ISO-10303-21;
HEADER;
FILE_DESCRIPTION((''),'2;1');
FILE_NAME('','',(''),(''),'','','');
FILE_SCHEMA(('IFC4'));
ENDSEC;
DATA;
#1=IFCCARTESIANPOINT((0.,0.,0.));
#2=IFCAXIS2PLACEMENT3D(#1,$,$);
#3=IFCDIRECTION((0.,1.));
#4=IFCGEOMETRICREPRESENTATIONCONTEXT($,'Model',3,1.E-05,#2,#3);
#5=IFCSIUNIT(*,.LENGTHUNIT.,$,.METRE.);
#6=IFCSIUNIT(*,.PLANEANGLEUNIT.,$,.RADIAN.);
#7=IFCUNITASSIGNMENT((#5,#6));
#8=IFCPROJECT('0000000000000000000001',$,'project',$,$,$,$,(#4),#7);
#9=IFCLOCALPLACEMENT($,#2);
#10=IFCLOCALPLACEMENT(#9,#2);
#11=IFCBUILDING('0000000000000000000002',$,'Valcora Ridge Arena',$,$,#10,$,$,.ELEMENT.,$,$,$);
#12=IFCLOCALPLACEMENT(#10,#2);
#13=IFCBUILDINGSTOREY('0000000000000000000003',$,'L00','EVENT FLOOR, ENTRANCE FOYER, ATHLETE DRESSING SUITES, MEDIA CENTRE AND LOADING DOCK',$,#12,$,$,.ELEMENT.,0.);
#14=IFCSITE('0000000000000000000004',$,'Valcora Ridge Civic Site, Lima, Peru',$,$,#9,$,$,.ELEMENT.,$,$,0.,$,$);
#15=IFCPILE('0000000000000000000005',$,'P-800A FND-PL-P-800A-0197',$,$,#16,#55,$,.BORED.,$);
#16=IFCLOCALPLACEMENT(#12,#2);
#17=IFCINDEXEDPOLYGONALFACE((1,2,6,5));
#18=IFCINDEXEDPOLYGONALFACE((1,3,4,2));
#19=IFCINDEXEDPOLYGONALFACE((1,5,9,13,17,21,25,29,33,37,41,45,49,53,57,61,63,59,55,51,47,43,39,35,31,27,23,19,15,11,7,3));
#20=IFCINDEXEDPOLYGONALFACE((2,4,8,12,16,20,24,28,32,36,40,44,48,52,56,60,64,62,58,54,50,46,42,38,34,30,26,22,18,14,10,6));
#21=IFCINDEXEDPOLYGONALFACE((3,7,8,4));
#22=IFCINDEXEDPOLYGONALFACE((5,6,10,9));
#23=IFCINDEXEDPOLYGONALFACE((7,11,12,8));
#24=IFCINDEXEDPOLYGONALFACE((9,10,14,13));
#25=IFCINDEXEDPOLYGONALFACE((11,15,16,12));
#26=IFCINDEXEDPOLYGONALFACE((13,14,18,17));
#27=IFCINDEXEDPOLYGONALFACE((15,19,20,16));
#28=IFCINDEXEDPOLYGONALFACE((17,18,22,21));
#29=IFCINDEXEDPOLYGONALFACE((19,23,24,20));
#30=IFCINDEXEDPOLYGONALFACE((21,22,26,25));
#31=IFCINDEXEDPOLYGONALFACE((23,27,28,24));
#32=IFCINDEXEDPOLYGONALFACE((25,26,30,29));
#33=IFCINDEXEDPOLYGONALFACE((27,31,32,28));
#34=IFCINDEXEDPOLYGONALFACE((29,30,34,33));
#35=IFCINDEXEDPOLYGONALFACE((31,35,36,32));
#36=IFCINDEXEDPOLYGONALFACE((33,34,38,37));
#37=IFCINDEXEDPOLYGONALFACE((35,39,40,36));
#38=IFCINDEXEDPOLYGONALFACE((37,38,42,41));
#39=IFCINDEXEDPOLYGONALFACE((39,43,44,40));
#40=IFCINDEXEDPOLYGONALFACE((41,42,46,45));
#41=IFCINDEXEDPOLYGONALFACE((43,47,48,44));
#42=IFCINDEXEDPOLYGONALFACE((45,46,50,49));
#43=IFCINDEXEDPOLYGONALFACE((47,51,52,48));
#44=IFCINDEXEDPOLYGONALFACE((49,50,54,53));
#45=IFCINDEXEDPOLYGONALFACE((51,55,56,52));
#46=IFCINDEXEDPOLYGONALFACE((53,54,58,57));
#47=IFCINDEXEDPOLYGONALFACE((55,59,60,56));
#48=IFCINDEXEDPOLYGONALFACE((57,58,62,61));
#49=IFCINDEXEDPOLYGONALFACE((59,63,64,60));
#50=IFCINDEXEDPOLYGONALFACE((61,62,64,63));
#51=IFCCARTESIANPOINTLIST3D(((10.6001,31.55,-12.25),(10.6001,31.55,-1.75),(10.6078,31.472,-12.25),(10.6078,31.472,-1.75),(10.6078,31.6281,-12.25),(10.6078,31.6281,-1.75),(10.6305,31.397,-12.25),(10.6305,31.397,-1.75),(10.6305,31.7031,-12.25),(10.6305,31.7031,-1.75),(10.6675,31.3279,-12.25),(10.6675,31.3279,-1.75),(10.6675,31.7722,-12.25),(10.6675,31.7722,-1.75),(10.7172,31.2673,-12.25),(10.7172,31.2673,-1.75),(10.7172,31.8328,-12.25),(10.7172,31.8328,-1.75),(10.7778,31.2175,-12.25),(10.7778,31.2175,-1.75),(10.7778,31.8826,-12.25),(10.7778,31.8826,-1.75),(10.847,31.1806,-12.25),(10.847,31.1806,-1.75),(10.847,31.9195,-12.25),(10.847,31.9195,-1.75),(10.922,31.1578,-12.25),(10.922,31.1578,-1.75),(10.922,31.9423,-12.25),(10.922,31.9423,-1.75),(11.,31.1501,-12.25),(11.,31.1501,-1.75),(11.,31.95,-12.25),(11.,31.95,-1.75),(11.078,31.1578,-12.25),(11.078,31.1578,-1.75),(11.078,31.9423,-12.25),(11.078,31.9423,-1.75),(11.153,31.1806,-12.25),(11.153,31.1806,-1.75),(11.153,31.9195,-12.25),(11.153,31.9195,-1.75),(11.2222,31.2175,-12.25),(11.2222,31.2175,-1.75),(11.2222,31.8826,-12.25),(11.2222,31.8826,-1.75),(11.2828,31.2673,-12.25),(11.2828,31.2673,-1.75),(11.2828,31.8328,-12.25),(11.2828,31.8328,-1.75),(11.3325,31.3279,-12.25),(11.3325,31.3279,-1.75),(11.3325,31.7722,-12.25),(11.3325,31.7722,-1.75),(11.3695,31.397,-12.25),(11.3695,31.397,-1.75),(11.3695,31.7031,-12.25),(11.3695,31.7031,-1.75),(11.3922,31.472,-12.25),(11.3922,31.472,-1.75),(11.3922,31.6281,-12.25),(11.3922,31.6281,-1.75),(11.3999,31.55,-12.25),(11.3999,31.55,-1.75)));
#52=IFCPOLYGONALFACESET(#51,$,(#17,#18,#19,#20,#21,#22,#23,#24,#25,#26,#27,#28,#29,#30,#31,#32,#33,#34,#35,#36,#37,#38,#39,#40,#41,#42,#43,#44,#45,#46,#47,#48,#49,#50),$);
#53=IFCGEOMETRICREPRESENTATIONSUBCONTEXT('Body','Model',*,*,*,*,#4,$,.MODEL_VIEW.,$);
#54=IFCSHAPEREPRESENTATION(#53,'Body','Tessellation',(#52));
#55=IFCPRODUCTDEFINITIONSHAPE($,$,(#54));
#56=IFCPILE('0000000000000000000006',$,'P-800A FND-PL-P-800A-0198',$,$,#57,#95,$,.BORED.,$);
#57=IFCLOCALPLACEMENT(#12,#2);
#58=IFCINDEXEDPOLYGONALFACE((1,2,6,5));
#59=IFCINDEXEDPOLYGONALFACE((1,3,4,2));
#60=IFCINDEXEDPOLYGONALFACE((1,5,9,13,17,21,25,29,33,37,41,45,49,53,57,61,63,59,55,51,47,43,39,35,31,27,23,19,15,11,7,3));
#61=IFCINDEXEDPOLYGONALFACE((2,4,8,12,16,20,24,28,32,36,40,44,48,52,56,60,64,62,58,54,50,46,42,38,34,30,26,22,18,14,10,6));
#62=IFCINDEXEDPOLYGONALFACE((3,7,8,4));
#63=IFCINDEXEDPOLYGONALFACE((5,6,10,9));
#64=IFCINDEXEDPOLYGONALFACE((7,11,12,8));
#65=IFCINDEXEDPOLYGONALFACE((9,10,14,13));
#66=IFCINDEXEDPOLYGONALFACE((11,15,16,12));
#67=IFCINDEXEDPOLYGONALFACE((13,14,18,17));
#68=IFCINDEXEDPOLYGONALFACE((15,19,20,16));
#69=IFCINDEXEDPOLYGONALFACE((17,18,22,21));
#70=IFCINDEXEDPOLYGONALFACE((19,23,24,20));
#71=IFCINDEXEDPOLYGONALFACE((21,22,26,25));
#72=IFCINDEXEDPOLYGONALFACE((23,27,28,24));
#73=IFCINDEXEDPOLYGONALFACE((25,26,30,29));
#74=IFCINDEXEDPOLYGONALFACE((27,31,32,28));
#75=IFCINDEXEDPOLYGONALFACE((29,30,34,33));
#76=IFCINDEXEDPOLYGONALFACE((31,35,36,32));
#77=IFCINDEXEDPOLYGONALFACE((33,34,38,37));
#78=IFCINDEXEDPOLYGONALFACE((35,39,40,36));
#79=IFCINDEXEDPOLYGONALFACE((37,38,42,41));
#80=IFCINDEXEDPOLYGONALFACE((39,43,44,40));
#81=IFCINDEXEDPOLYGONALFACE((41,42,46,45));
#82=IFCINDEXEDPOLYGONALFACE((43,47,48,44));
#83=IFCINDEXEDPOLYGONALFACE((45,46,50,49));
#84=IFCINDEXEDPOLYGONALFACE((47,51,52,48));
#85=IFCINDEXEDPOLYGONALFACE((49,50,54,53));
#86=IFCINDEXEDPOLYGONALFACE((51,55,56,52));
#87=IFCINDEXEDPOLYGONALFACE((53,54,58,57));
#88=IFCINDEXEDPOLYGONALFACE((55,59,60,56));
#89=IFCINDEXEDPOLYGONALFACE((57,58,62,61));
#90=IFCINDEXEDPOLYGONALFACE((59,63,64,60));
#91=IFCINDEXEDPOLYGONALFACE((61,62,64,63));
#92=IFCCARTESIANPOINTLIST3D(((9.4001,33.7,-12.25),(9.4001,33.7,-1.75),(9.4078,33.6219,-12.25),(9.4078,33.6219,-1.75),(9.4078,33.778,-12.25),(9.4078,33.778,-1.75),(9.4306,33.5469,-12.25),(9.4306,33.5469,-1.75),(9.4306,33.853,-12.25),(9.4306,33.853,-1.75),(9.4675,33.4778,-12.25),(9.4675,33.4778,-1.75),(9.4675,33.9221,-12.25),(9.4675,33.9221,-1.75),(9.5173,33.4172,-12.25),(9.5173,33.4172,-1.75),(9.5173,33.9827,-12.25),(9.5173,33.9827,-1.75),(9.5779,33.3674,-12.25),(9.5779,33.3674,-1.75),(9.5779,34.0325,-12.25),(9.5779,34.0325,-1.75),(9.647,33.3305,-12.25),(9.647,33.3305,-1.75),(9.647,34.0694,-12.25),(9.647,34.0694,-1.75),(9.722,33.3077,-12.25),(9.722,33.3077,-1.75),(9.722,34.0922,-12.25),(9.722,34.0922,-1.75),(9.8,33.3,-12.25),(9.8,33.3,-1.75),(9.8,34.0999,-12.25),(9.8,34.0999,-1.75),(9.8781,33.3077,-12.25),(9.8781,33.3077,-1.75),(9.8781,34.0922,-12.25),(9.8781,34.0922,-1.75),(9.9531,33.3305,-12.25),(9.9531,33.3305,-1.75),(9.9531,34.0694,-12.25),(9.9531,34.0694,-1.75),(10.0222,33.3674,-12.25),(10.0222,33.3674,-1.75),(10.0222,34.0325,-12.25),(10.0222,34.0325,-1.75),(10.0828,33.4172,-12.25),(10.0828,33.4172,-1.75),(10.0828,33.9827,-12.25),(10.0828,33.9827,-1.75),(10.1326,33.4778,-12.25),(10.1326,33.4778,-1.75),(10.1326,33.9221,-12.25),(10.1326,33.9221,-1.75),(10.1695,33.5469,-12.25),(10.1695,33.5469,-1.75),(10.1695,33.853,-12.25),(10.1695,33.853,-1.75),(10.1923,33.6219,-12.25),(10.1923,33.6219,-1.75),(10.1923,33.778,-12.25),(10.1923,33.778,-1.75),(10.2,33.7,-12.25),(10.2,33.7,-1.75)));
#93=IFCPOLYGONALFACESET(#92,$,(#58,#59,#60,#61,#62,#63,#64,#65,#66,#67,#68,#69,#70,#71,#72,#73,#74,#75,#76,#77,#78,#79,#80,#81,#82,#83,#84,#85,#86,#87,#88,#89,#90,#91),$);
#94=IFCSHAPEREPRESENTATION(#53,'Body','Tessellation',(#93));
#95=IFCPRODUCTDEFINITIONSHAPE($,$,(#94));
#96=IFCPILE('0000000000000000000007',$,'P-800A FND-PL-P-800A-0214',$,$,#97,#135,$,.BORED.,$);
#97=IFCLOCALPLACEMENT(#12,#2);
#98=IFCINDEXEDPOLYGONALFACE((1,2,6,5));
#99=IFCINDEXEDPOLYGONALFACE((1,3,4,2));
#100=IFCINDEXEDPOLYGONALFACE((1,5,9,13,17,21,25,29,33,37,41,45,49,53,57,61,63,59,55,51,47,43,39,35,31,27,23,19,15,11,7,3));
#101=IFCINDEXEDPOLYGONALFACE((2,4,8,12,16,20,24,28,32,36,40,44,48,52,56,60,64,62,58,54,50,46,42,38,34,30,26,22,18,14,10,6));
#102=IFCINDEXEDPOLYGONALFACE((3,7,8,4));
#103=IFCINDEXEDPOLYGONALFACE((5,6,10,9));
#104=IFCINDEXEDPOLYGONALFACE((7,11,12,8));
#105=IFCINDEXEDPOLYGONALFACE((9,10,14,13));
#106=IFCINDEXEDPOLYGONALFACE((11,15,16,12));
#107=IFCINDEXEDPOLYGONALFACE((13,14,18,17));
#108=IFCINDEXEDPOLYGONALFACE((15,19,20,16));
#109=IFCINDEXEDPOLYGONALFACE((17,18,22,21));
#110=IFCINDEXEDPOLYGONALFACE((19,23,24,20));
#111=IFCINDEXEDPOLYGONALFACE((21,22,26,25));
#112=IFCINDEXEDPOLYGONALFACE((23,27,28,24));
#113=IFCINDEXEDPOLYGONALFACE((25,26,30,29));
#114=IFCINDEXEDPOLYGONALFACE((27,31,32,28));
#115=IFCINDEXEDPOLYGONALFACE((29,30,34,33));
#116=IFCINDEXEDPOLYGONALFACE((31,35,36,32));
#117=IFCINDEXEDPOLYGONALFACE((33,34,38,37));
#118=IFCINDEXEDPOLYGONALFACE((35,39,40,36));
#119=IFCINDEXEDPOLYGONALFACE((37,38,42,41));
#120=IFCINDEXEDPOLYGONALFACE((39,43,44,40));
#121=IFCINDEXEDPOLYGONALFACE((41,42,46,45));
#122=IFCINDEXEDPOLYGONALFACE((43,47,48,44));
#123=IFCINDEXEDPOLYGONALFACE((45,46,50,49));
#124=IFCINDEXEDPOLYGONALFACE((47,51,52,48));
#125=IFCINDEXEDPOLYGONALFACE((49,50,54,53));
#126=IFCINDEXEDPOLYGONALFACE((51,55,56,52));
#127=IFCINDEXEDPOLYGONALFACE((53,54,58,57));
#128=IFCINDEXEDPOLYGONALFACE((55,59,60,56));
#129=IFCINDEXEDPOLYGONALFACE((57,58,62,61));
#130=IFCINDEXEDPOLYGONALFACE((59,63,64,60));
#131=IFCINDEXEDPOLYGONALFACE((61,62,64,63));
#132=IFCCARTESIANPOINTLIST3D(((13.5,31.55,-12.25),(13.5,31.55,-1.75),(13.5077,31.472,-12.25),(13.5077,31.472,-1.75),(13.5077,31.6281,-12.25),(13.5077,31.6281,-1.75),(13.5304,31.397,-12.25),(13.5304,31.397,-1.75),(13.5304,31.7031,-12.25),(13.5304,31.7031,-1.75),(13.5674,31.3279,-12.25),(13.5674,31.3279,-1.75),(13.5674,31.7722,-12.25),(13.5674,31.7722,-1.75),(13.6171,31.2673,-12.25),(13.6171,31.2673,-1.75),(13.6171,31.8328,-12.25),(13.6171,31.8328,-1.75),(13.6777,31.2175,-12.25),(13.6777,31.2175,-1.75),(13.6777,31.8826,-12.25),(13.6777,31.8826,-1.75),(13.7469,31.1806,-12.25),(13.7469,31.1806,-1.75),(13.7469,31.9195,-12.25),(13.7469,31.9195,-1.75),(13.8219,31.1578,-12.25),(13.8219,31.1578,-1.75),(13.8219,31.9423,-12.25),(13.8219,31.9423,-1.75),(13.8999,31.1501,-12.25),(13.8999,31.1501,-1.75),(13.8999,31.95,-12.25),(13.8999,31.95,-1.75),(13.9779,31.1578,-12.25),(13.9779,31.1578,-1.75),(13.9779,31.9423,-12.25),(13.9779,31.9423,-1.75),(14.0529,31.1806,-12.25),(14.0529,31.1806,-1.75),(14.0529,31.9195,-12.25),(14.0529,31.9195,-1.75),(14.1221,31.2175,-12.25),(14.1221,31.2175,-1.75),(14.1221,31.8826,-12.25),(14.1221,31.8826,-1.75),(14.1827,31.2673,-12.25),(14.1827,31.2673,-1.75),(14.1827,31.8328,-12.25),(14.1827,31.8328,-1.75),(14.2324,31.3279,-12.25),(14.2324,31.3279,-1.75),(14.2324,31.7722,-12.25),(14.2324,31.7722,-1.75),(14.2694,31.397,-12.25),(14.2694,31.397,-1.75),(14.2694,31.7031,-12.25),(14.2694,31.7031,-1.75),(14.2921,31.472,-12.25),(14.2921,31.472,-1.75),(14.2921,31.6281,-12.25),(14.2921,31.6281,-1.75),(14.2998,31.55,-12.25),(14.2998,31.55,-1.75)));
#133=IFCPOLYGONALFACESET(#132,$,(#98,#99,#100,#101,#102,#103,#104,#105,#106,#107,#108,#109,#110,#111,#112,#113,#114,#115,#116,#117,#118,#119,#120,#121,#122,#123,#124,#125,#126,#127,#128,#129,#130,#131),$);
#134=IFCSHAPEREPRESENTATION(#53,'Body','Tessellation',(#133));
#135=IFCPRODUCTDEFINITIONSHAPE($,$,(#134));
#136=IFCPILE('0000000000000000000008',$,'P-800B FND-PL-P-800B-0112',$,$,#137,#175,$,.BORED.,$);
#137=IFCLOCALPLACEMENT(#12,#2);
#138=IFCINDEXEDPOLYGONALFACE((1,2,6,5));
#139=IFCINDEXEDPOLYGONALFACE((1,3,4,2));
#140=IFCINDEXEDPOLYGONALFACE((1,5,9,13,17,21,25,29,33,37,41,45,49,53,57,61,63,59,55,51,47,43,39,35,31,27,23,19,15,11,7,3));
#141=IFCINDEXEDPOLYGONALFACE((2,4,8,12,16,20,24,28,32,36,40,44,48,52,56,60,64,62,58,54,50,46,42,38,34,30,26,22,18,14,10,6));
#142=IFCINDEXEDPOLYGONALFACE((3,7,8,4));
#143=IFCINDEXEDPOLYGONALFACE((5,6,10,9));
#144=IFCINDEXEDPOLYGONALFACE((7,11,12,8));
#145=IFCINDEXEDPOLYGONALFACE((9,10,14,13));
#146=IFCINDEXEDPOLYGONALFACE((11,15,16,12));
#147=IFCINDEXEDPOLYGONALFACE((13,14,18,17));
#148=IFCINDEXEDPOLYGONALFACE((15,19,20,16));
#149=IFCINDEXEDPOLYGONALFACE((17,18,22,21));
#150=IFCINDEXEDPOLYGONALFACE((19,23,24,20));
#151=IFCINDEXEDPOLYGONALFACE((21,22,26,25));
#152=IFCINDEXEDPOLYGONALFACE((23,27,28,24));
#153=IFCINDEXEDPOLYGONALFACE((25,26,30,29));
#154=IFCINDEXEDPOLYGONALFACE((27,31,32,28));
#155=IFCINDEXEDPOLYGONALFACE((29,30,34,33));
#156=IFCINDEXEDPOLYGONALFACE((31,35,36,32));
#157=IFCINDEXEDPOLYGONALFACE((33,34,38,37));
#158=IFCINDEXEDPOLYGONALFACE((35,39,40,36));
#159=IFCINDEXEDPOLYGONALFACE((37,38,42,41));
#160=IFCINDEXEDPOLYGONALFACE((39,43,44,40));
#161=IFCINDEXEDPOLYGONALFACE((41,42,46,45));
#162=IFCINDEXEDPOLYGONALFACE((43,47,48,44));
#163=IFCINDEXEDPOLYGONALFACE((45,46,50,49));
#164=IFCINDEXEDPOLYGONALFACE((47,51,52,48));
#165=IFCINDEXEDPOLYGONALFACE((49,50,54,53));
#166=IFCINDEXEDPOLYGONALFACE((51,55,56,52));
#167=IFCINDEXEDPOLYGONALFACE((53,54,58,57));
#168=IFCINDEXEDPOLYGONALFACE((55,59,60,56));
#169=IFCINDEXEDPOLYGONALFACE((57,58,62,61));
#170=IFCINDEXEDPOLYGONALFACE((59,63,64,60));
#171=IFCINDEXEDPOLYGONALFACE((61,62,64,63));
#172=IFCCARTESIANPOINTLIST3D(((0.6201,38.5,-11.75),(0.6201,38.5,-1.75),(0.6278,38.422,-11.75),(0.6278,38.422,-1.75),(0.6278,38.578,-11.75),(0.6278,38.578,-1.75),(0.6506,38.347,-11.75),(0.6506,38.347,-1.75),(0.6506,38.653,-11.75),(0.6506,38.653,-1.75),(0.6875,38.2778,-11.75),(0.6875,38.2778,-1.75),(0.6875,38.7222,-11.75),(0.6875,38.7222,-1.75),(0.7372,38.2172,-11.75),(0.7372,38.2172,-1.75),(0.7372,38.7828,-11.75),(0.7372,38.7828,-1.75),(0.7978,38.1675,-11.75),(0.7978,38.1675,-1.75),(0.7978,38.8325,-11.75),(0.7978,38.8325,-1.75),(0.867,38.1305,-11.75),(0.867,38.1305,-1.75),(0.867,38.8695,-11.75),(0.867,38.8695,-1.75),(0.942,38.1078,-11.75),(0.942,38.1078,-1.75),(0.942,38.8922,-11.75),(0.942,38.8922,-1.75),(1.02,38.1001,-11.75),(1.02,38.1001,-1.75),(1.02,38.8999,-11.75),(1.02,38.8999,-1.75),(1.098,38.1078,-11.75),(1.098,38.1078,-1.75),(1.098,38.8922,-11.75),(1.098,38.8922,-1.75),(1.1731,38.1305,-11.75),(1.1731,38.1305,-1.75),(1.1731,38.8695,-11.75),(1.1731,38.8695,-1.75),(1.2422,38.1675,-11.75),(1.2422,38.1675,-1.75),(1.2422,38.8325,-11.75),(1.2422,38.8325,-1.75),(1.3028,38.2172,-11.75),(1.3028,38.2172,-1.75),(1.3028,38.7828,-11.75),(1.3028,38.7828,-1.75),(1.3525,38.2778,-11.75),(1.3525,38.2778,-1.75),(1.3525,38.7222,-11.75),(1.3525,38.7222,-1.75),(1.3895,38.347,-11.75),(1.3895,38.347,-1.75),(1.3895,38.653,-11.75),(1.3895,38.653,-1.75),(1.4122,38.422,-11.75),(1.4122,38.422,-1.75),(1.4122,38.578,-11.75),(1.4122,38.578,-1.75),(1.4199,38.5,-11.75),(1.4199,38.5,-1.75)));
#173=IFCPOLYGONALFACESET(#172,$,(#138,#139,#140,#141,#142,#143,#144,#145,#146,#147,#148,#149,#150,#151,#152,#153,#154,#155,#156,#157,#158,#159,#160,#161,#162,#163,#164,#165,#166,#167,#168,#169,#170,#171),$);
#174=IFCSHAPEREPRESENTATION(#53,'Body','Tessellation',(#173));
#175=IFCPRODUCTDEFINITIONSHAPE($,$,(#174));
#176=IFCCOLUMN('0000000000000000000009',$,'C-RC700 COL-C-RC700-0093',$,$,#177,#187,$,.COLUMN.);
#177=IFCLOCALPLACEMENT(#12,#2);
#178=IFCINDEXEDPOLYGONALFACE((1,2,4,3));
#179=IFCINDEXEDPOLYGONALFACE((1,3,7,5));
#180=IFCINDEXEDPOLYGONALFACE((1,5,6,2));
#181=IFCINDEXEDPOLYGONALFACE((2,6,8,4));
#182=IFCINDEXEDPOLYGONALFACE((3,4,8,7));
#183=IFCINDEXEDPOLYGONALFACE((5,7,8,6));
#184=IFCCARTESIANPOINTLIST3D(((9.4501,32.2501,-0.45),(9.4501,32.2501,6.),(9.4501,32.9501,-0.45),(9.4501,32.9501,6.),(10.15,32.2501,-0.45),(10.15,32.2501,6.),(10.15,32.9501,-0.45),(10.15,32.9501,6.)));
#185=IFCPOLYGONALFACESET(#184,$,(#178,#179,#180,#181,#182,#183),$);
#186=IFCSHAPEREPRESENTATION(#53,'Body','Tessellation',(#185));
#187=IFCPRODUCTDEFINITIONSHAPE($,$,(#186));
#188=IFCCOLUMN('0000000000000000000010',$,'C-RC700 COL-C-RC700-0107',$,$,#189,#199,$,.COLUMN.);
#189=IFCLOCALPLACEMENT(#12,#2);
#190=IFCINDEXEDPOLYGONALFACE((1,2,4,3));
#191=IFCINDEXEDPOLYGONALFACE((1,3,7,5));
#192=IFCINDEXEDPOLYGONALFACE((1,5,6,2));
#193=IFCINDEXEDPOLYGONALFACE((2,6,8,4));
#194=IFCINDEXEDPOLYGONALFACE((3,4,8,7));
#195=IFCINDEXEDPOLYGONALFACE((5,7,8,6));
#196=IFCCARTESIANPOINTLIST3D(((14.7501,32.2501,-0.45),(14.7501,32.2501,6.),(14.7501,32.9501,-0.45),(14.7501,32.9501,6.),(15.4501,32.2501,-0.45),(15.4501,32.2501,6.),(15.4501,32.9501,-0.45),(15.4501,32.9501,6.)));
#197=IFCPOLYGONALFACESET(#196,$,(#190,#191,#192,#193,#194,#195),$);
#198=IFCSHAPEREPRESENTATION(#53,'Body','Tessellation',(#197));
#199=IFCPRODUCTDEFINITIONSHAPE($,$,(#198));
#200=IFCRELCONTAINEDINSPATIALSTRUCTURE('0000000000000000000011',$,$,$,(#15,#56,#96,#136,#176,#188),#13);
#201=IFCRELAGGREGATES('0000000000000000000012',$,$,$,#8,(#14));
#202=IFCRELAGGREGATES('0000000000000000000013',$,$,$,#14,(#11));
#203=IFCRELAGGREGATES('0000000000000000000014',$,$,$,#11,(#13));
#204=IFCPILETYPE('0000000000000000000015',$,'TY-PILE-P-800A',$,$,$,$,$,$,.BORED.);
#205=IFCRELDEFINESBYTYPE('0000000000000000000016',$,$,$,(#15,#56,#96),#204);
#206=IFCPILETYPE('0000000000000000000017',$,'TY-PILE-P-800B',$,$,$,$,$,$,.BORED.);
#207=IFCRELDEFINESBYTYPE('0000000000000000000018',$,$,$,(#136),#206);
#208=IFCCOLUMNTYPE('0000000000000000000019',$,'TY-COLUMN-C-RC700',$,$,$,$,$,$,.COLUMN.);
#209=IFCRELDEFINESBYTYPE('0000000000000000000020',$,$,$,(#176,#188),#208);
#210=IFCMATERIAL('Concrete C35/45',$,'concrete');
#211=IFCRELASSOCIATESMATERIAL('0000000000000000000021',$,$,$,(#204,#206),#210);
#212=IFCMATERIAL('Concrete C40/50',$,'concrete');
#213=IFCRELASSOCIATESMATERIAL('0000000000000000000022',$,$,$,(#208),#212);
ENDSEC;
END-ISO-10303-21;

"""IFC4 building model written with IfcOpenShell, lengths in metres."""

from ifc_helpers import new_model, si_unit, direction, frame, origin, origin_2d, place, context, subcontext, project, spatial, rectangle, circle, extrude, material, material_profile, profile_set, type_object, element, save


model = new_model("IFC4")

# Units and contexts
model_context = context("Model", 3, precision=1e-05, world=origin(), true_north=direction((0.0, 1.0)))
body_context = subcontext(model_context, "Body", "Model", "MODEL_VIEW")
ifc_project = project(units=[si_unit("LENGTHUNIT", "METRE"), si_unit("PLANEANGLEUNIT", "RADIAN")], contexts=[model_context])

# Site, building, storey
site_placement = place(None, origin())
site = spatial("IfcSite", under=ifc_project, at=site_placement, Name="Valcora Ridge Civic Site, Lima, Peru", CompositionType="ELEMENT", RefElevation=0.0)
building_placement = place(site_placement, origin())
building = spatial("IfcBuilding", under=site, at=building_placement, Name="Valcora Ridge Arena", CompositionType="ELEMENT")
storey_placement = place(building_placement, origin())
storey = spatial("IfcBuildingStorey", under=building, at=storey_placement, Name="L00", Description="EVENT FLOOR, ENTRANCE FOYER, ATHLETE DRESSING SUITES, MEDIA CENTRE AND LOADING DOCK", CompositionType="ELEMENT", Elevation=0.0)

# Shared definitions
ifc_material_1 = material(Name="Concrete C40/50", Category="concrete")

# Piles
ifc_material_2 = material(Name="Concrete C35/45", Category="concrete")
ifc_material_profile_1 = material_profile(ifc_material_2, circle(Radius=0.3999, at=origin_2d()), Name="BORED PILE D800")
ifc_profile_set_1 = profile_set([ifc_material_profile_1], Name="Concrete C35/45")
pile_type_1 = type_object("IfcPileType", Name="TY-PILE-P-800A", PredefinedType="BORED", material=ifc_profile_set_1)
for number, where, z_axis, x_axis, name in (
    (1, (11.0, 31.55, -1.75), (0.0, 0.0, -1.0), (1.0, 0.0, 0.0), "P-800A FND-PL-P-800A-0197"),
    (2, (9.8, 33.7, -1.75), (0.0, 0.0, -1.0), (1.0, 0.0, 0.0), "P-800A FND-PL-P-800A-0198"),
    (3, (13.8999, 31.55, -1.75), (0.0, 0.0, -1.0), (1.0, 0.0, 0.0), "P-800A FND-PL-P-800A-0214"),
):
    element("IfcPile", number, at=place(storey_placement, frame(where, z_axis=z_axis, x_axis=x_axis)), inside=storey, type_object=pile_type_1, Name=name, PredefinedType="BORED", context=body_context, shape_type="SweptSolid", body=[
        extrude(circle(Radius=0.3999, at=origin_2d()), origin(), (0.0, 0.0, 1.0), 10.5),
    ])
ifc_material_profile_2 = material_profile(ifc_material_2, circle(Radius=0.3999, at=origin_2d()), Name="BORED PILE D800")
ifc_profile_set_2 = profile_set([ifc_material_profile_2], Name="Concrete C35/45")
pile_type_2 = type_object("IfcPileType", Name="TY-PILE-P-800B", PredefinedType="BORED", material=ifc_profile_set_2)
pile_placement = place(storey_placement, frame((1.02, 38.5, -1.75), z_axis=(0.0, 0.0, -1.0), x_axis=(1.0, 0.0, 0.0)))
element("IfcPile", 4, at=pile_placement, inside=storey, type_object=pile_type_2, Name="P-800B FND-PL-P-800B-0112", PredefinedType="BORED", context=body_context, shape_type="SweptSolid", body=[
    extrude(circle(Radius=0.3999, at=origin_2d()), origin(), (0.0, 0.0, 1.0), 10.0),
])

# Columns
ifc_material_profile_3 = material_profile(ifc_material_1, rectangle(XDim=0.7, YDim=0.7, at=origin_2d()), Name="RC 700x700")
ifc_profile_set_3 = profile_set([ifc_material_profile_3], Name="Concrete C40/50")
column_type = type_object("IfcColumnType", Name="TY-COLUMN-C-RC700", PredefinedType="COLUMN", material=ifc_profile_set_3)
for number, where, z_axis, x_axis, name in (
    (5, (9.8, 32.6001, -0.45), (0.0, 0.0, 1.0), (1.0, 0.0, 0.0), "C-RC700 COL-C-RC700-0093"),
    (6, (15.1001, 32.6001, -0.45), (0.0, 0.0, 1.0), (1.0, 0.0, 0.0), "C-RC700 COL-C-RC700-0107"),
):
    element("IfcColumn", number, at=place(storey_placement, frame(where, z_axis=z_axis, x_axis=x_axis)), inside=storey, type_object=column_type, Name=name, PredefinedType="COLUMN", context=body_context, shape_type="SweptSolid", body=[
        extrude(rectangle(XDim=0.7, YDim=0.7, at=origin_2d()), origin(), (0.0, 0.0, 1.0), 6.45),
    ])

save(model, "model.ifc")
